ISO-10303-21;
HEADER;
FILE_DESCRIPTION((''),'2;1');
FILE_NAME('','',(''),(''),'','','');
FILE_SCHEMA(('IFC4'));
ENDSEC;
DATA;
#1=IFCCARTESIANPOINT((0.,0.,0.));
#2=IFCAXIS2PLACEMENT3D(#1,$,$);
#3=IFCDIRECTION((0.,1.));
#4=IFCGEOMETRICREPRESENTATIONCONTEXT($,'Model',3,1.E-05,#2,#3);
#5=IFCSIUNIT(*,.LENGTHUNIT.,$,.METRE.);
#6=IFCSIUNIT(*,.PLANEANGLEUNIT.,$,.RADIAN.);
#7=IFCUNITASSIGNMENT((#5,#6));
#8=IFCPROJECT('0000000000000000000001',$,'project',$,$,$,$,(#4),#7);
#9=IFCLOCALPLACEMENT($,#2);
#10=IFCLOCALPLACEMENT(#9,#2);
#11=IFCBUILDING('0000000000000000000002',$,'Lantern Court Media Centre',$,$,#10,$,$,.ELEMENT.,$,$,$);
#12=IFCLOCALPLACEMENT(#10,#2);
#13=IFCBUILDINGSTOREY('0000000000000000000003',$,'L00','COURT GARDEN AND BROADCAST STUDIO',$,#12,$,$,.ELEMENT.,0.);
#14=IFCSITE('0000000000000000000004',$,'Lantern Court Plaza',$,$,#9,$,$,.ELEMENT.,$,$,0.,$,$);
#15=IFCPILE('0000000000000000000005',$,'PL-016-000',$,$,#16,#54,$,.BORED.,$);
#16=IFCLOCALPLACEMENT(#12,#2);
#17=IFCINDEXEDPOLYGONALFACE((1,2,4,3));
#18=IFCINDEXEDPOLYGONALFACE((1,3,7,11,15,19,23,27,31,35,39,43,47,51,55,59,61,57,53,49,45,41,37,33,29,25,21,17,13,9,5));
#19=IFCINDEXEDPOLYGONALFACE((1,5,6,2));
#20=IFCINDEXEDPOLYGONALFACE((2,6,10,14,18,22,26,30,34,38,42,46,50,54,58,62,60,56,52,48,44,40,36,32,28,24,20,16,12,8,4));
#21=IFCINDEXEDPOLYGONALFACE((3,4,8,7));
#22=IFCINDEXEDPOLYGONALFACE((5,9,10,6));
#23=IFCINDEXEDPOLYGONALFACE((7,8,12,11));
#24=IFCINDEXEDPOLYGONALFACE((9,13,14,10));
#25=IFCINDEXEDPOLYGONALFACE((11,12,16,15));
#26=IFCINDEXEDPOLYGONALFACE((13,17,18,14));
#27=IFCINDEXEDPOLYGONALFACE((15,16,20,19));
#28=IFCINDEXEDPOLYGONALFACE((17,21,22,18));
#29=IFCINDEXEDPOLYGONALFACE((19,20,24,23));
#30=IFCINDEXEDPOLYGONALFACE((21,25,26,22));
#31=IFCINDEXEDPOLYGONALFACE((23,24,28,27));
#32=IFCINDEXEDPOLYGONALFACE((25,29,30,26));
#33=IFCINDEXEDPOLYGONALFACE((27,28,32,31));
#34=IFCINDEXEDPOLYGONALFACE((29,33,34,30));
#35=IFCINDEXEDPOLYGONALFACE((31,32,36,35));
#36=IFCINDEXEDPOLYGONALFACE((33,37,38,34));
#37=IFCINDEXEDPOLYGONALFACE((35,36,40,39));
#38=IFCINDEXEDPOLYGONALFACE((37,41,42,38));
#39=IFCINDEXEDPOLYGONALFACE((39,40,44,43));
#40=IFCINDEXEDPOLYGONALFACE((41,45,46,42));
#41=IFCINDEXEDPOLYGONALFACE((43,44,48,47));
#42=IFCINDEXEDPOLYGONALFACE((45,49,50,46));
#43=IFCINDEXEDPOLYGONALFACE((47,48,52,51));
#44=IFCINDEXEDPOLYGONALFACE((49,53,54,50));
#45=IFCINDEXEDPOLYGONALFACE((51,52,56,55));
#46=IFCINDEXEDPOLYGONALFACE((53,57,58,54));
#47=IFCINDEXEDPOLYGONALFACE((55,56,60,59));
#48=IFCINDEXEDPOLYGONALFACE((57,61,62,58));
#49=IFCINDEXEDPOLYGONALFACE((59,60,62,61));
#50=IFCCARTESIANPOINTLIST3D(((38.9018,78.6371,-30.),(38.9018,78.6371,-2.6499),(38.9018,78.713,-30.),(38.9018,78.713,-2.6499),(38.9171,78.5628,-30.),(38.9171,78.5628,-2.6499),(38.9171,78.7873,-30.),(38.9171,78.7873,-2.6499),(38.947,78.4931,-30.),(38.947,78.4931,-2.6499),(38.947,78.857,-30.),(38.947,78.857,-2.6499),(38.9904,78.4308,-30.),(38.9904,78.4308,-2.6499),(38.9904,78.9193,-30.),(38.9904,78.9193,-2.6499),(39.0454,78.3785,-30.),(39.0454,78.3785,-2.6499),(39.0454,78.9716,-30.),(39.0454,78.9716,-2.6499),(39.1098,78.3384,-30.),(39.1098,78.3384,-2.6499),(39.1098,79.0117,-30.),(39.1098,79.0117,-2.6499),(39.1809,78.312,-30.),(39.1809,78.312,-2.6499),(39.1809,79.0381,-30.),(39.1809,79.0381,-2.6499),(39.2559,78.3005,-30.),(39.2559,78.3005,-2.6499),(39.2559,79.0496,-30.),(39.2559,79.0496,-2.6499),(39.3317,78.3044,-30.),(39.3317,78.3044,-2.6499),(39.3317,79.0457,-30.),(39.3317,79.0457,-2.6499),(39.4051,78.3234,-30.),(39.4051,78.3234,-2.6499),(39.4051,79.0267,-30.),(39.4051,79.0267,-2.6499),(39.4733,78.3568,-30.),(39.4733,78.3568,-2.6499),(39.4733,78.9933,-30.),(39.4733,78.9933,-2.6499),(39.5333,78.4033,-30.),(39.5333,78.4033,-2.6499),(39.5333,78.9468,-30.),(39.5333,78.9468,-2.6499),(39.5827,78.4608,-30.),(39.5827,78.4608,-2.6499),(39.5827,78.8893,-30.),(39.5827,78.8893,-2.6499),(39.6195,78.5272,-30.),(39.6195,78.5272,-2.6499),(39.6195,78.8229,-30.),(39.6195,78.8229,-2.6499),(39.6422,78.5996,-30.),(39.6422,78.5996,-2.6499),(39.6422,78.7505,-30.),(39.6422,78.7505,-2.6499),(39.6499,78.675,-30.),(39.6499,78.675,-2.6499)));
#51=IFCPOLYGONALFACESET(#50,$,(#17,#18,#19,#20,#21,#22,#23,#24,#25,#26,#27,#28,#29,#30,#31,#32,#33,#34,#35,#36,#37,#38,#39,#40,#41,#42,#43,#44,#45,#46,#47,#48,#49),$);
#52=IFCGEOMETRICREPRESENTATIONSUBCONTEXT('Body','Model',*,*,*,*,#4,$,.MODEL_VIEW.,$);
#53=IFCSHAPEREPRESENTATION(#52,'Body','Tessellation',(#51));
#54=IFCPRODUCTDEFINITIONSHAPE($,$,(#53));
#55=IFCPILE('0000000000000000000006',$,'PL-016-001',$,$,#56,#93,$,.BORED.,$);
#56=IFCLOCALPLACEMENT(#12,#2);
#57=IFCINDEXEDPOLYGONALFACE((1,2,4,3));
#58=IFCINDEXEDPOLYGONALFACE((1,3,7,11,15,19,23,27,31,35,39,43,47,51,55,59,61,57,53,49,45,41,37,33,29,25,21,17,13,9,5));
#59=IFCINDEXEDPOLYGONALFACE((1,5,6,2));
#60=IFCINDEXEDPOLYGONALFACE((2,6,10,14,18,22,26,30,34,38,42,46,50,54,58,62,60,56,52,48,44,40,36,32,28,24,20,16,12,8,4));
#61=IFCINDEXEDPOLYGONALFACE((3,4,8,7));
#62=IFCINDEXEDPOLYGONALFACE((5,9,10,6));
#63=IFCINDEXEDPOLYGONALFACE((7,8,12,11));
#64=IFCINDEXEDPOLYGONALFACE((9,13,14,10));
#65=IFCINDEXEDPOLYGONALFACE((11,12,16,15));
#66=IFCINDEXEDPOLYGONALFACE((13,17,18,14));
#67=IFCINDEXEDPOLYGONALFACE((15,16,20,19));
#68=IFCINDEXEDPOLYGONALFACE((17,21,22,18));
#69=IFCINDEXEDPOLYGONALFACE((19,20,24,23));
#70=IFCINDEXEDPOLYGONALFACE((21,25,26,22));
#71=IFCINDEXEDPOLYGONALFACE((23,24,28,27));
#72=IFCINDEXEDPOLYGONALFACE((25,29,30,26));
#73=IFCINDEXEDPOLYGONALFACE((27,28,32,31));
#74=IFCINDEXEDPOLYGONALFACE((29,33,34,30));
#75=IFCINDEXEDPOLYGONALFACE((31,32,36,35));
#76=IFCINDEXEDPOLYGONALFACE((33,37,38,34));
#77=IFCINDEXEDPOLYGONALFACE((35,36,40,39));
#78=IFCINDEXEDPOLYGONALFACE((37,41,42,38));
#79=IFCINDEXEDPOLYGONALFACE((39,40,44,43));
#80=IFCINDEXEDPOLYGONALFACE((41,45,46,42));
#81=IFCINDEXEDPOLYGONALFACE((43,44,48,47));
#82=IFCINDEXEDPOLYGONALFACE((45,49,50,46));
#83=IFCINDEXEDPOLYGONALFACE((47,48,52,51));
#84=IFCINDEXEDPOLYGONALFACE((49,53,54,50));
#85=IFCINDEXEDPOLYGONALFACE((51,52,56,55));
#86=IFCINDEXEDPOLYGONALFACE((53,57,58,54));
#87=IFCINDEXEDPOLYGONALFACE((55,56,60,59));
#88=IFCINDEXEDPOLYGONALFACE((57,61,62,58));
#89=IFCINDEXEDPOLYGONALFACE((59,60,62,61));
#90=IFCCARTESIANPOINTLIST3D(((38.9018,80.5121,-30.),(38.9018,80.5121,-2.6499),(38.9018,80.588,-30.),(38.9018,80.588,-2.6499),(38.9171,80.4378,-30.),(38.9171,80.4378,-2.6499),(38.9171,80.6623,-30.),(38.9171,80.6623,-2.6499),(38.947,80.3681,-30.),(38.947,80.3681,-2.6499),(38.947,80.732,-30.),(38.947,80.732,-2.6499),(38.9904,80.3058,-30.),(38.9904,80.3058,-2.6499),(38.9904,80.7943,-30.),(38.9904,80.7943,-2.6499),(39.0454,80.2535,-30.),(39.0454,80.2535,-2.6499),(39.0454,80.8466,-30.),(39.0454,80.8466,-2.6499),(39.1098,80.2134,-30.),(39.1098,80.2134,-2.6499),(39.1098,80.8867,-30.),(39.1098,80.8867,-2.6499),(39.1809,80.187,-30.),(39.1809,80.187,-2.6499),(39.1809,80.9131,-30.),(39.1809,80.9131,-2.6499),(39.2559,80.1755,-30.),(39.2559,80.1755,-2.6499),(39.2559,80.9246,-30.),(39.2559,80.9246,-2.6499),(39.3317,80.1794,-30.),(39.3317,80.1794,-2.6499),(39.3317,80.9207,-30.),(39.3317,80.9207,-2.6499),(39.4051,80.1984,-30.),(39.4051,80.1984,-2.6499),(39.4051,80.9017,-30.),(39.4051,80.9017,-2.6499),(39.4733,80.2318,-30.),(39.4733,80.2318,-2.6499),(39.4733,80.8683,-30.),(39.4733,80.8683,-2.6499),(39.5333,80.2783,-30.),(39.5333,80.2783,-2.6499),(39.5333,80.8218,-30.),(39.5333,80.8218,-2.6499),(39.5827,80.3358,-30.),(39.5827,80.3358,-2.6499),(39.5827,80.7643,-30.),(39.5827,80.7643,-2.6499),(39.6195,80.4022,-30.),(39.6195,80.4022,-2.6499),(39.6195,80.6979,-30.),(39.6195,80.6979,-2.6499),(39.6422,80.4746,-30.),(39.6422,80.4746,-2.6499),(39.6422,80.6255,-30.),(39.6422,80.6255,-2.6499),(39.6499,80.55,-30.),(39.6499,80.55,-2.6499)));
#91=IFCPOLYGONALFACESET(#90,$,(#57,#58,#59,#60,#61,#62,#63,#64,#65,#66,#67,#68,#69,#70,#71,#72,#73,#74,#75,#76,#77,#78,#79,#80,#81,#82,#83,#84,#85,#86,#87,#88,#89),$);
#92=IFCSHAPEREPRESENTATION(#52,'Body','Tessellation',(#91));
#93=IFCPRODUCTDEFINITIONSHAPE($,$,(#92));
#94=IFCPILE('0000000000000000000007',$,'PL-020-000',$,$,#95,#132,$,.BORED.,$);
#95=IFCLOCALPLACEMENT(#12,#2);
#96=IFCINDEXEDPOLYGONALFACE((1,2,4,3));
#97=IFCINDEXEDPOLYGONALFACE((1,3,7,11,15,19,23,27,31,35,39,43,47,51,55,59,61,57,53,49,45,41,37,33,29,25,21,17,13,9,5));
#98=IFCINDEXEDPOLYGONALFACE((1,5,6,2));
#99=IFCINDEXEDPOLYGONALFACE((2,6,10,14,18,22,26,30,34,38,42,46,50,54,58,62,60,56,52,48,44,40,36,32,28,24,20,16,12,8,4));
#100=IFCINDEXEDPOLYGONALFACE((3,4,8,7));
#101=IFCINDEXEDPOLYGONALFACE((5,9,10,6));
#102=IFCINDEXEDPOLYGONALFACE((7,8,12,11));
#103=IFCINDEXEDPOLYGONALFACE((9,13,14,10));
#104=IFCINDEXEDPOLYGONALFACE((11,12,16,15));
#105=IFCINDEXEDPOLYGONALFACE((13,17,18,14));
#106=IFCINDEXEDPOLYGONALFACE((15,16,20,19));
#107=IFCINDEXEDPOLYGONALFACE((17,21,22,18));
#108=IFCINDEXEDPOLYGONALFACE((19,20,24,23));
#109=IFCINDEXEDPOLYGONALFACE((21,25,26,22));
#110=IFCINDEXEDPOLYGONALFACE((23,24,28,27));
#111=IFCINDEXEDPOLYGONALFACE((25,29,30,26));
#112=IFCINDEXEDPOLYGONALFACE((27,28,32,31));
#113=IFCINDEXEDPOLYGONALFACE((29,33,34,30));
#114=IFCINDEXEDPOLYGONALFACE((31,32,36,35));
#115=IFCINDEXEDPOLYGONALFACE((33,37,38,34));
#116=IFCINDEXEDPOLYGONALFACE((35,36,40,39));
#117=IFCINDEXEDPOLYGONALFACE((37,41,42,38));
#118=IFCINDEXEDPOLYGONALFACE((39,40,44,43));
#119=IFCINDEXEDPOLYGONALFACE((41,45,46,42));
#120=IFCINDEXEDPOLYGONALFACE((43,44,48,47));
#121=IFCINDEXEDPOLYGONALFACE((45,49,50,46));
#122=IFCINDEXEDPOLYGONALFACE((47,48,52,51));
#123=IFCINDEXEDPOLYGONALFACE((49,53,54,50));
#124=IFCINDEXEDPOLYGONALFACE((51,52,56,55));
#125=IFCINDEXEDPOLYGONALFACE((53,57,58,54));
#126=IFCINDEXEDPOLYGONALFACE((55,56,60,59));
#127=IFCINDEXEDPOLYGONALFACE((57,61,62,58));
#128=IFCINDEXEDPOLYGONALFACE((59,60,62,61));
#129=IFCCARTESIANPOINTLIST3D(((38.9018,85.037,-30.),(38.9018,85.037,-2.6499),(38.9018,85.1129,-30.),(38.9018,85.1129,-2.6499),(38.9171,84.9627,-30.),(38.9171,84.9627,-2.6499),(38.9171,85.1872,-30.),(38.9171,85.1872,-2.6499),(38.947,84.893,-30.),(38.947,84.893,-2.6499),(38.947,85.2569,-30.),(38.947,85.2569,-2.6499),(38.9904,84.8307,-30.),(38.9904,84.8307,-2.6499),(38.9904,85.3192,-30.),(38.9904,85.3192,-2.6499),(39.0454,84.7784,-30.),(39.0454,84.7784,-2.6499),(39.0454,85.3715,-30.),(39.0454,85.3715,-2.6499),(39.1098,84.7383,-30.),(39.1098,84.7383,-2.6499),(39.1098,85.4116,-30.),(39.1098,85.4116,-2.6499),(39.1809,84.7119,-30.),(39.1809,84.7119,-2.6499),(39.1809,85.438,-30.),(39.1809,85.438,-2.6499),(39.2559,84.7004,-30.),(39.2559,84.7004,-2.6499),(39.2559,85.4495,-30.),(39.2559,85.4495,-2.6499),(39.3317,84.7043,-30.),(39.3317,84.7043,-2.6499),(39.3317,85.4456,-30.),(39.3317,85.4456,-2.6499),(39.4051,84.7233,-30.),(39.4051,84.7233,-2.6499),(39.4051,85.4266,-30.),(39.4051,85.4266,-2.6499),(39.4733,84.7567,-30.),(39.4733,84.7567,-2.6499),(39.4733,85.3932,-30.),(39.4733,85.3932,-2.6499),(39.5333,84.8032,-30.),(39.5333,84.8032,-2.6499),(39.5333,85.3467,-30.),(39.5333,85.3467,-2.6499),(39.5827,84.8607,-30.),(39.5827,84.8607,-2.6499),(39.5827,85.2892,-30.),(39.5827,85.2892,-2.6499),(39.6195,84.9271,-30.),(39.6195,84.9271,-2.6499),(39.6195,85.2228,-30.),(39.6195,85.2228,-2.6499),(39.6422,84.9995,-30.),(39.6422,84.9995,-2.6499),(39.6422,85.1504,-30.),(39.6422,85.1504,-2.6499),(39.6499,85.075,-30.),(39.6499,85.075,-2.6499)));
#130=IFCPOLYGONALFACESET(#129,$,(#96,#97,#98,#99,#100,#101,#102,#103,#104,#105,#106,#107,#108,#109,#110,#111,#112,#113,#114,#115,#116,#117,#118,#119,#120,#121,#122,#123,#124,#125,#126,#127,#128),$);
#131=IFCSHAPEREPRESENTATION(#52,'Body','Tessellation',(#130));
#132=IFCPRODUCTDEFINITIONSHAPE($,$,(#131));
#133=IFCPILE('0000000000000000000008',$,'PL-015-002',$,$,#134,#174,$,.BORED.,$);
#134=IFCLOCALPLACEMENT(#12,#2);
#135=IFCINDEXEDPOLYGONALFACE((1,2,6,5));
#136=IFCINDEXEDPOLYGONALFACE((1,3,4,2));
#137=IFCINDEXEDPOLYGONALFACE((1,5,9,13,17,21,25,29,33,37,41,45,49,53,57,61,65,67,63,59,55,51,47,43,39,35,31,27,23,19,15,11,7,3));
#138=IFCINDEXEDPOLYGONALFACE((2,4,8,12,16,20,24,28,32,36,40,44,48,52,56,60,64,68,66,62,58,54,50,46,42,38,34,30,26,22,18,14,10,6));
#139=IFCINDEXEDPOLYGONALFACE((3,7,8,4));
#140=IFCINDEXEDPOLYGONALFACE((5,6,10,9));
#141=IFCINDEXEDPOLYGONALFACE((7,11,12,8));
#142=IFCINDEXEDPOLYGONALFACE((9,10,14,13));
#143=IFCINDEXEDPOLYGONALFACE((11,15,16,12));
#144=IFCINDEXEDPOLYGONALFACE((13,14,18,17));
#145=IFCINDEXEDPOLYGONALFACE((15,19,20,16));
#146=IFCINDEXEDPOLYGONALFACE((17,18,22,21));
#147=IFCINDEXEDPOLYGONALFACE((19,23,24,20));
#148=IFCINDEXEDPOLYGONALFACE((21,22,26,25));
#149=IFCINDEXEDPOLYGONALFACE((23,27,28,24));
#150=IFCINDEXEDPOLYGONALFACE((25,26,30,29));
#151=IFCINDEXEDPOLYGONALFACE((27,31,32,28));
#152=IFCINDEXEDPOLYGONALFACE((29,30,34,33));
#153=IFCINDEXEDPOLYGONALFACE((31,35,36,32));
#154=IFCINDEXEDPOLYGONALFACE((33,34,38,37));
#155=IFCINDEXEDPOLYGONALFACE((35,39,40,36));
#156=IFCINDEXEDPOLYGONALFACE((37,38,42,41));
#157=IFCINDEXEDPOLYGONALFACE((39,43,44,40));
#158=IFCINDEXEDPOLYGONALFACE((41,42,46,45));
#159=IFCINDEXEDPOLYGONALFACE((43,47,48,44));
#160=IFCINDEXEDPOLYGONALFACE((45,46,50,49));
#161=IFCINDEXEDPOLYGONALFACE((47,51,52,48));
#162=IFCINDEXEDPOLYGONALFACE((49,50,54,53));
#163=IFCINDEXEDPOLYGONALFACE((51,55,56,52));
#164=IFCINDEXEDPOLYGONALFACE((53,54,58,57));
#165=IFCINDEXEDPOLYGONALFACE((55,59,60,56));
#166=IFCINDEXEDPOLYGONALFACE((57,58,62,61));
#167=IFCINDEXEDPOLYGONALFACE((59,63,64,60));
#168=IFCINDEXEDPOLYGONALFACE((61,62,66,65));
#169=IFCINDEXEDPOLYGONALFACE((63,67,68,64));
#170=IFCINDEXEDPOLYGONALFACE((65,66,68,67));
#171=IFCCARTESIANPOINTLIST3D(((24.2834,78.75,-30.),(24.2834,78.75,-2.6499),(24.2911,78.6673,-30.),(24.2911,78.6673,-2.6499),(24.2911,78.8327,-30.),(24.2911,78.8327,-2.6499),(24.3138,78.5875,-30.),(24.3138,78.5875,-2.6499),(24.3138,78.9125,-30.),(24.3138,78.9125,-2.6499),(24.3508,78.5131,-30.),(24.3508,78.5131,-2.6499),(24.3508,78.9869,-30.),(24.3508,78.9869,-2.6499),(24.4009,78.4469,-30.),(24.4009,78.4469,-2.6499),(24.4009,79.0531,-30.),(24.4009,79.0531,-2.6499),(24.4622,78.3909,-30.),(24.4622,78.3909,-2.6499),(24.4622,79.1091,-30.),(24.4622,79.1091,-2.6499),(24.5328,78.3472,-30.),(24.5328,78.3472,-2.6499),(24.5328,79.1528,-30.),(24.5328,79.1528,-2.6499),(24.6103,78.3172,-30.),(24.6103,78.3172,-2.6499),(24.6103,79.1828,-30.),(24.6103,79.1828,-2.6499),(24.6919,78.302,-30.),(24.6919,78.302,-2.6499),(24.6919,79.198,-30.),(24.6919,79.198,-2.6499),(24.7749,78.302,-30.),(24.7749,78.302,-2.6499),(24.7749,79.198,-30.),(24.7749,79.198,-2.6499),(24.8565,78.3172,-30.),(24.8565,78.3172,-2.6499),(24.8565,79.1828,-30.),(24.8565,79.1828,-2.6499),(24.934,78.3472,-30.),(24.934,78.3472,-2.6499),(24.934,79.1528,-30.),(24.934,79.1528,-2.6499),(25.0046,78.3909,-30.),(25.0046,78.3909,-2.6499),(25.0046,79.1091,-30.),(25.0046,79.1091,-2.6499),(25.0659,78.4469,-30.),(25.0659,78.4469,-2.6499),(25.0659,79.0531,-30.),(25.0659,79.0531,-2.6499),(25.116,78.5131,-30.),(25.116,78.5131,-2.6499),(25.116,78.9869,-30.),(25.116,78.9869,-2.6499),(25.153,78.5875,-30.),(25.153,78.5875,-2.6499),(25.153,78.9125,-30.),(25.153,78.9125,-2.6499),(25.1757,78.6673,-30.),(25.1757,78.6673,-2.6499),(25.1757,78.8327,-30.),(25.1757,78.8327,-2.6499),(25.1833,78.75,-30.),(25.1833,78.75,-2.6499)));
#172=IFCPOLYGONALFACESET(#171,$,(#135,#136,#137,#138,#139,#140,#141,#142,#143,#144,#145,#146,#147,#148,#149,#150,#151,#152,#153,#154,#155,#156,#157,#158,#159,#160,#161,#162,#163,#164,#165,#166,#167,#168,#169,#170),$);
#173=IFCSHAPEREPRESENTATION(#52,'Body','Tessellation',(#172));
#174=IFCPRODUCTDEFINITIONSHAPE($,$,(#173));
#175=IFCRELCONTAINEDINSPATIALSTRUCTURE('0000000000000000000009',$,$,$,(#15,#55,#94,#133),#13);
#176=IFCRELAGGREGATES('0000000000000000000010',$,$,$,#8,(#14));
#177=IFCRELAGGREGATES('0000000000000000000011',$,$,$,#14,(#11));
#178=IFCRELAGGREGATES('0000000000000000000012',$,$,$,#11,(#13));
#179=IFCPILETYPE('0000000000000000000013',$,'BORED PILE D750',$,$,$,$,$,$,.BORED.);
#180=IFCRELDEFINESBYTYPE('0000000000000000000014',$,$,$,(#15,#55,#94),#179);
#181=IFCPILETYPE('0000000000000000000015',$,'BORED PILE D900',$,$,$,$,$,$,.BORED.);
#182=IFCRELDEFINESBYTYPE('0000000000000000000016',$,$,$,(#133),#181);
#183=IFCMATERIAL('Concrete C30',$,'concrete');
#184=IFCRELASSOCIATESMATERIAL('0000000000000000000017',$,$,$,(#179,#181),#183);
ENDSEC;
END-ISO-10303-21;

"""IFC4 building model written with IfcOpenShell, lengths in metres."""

from ifc_helpers import new_model, si_unit, direction, frame, origin, origin_2d, place, context, subcontext, project, spatial, circle, extrude, material, material_profile, profile_set, type_object, element, save


model = new_model("IFC4")

# Units and contexts
model_context = context("Model", 3, precision=1e-05, world=origin(), true_north=direction((0.0, 1.0)))
body_context = subcontext(model_context, "Body", "Model", "MODEL_VIEW")
ifc_project = project(units=[si_unit("LENGTHUNIT", "METRE"), si_unit("PLANEANGLEUNIT", "RADIAN")], contexts=[model_context])

# Site, building, storey
site_placement = place(None, origin())
site = spatial("IfcSite", under=ifc_project, at=site_placement, Name="Lantern Court Plaza", CompositionType="ELEMENT", RefElevation=0.0)
building_placement = place(site_placement, origin())
building = spatial("IfcBuilding", under=site, at=building_placement, Name="Lantern Court Media Centre", CompositionType="ELEMENT")
storey_placement = place(building_placement, origin())
storey = spatial("IfcBuildingStorey", under=building, at=storey_placement, Name="L00", Description="COURT GARDEN AND BROADCAST STUDIO", CompositionType="ELEMENT", Elevation=0.0)

# Piles
ifc_material_1 = material(Name="Concrete C30", Category="concrete")
ifc_material_profile_1 = material_profile(ifc_material_1, circle(Radius=0.375, at=origin_2d()), Name="D750")
ifc_profile_set_1 = profile_set([ifc_material_profile_1], Name="Concrete C30")
pile_type_1 = type_object("IfcPileType", Name="BORED PILE D750", PredefinedType="BORED", material=ifc_profile_set_1)
for number, where, z_axis, x_axis, name in (
    (1, (39.2749, 78.675, -2.6499), (0.0, 0.0, -1.0), (1.0, 0.0, 0.0), "PL-016-000"),
    (2, (39.2749, 80.55, -2.6499), (0.0, 0.0, -1.0), (1.0, 0.0, 0.0), "PL-016-001"),
    (3, (39.2749, 85.075, -2.6499), (0.0, 0.0, -1.0), (1.0, 0.0, 0.0), "PL-020-000"),
):
    element("IfcPile", number, at=place(storey_placement, frame(where, z_axis=z_axis, x_axis=x_axis)), inside=storey, type_object=pile_type_1, Name=name, PredefinedType="BORED", context=body_context, shape_type="SweptSolid", body=[
        extrude(circle(Radius=0.375, at=origin_2d()), origin(), (0.0, 0.0, 1.0), 27.3501),
    ])
ifc_material_profile_2 = material_profile(ifc_material_1, circle(Radius=0.45, at=origin_2d()), Name="D900")
ifc_profile_set_2 = profile_set([ifc_material_profile_2], Name="Concrete C30")
pile_type_2 = type_object("IfcPileType", Name="BORED PILE D900", PredefinedType="BORED", material=ifc_profile_set_2)
for number, where, z_axis, x_axis, name in (
    (4, (24.7334, 78.75, -2.6499), (0.0, 0.0, -1.0), (1.0, 0.0, 0.0), "PL-015-002"),
):
    element("IfcPile", number, at=place(storey_placement, frame(where, z_axis=z_axis, x_axis=x_axis)), inside=storey, type_object=pile_type_2, Name=name, PredefinedType="BORED", context=body_context, shape_type="SweptSolid", body=[
        extrude(circle(Radius=0.45, at=origin_2d()), origin(), (0.0, 0.0, 1.0), 27.3501),
    ])

save(model, "model.ifc")
